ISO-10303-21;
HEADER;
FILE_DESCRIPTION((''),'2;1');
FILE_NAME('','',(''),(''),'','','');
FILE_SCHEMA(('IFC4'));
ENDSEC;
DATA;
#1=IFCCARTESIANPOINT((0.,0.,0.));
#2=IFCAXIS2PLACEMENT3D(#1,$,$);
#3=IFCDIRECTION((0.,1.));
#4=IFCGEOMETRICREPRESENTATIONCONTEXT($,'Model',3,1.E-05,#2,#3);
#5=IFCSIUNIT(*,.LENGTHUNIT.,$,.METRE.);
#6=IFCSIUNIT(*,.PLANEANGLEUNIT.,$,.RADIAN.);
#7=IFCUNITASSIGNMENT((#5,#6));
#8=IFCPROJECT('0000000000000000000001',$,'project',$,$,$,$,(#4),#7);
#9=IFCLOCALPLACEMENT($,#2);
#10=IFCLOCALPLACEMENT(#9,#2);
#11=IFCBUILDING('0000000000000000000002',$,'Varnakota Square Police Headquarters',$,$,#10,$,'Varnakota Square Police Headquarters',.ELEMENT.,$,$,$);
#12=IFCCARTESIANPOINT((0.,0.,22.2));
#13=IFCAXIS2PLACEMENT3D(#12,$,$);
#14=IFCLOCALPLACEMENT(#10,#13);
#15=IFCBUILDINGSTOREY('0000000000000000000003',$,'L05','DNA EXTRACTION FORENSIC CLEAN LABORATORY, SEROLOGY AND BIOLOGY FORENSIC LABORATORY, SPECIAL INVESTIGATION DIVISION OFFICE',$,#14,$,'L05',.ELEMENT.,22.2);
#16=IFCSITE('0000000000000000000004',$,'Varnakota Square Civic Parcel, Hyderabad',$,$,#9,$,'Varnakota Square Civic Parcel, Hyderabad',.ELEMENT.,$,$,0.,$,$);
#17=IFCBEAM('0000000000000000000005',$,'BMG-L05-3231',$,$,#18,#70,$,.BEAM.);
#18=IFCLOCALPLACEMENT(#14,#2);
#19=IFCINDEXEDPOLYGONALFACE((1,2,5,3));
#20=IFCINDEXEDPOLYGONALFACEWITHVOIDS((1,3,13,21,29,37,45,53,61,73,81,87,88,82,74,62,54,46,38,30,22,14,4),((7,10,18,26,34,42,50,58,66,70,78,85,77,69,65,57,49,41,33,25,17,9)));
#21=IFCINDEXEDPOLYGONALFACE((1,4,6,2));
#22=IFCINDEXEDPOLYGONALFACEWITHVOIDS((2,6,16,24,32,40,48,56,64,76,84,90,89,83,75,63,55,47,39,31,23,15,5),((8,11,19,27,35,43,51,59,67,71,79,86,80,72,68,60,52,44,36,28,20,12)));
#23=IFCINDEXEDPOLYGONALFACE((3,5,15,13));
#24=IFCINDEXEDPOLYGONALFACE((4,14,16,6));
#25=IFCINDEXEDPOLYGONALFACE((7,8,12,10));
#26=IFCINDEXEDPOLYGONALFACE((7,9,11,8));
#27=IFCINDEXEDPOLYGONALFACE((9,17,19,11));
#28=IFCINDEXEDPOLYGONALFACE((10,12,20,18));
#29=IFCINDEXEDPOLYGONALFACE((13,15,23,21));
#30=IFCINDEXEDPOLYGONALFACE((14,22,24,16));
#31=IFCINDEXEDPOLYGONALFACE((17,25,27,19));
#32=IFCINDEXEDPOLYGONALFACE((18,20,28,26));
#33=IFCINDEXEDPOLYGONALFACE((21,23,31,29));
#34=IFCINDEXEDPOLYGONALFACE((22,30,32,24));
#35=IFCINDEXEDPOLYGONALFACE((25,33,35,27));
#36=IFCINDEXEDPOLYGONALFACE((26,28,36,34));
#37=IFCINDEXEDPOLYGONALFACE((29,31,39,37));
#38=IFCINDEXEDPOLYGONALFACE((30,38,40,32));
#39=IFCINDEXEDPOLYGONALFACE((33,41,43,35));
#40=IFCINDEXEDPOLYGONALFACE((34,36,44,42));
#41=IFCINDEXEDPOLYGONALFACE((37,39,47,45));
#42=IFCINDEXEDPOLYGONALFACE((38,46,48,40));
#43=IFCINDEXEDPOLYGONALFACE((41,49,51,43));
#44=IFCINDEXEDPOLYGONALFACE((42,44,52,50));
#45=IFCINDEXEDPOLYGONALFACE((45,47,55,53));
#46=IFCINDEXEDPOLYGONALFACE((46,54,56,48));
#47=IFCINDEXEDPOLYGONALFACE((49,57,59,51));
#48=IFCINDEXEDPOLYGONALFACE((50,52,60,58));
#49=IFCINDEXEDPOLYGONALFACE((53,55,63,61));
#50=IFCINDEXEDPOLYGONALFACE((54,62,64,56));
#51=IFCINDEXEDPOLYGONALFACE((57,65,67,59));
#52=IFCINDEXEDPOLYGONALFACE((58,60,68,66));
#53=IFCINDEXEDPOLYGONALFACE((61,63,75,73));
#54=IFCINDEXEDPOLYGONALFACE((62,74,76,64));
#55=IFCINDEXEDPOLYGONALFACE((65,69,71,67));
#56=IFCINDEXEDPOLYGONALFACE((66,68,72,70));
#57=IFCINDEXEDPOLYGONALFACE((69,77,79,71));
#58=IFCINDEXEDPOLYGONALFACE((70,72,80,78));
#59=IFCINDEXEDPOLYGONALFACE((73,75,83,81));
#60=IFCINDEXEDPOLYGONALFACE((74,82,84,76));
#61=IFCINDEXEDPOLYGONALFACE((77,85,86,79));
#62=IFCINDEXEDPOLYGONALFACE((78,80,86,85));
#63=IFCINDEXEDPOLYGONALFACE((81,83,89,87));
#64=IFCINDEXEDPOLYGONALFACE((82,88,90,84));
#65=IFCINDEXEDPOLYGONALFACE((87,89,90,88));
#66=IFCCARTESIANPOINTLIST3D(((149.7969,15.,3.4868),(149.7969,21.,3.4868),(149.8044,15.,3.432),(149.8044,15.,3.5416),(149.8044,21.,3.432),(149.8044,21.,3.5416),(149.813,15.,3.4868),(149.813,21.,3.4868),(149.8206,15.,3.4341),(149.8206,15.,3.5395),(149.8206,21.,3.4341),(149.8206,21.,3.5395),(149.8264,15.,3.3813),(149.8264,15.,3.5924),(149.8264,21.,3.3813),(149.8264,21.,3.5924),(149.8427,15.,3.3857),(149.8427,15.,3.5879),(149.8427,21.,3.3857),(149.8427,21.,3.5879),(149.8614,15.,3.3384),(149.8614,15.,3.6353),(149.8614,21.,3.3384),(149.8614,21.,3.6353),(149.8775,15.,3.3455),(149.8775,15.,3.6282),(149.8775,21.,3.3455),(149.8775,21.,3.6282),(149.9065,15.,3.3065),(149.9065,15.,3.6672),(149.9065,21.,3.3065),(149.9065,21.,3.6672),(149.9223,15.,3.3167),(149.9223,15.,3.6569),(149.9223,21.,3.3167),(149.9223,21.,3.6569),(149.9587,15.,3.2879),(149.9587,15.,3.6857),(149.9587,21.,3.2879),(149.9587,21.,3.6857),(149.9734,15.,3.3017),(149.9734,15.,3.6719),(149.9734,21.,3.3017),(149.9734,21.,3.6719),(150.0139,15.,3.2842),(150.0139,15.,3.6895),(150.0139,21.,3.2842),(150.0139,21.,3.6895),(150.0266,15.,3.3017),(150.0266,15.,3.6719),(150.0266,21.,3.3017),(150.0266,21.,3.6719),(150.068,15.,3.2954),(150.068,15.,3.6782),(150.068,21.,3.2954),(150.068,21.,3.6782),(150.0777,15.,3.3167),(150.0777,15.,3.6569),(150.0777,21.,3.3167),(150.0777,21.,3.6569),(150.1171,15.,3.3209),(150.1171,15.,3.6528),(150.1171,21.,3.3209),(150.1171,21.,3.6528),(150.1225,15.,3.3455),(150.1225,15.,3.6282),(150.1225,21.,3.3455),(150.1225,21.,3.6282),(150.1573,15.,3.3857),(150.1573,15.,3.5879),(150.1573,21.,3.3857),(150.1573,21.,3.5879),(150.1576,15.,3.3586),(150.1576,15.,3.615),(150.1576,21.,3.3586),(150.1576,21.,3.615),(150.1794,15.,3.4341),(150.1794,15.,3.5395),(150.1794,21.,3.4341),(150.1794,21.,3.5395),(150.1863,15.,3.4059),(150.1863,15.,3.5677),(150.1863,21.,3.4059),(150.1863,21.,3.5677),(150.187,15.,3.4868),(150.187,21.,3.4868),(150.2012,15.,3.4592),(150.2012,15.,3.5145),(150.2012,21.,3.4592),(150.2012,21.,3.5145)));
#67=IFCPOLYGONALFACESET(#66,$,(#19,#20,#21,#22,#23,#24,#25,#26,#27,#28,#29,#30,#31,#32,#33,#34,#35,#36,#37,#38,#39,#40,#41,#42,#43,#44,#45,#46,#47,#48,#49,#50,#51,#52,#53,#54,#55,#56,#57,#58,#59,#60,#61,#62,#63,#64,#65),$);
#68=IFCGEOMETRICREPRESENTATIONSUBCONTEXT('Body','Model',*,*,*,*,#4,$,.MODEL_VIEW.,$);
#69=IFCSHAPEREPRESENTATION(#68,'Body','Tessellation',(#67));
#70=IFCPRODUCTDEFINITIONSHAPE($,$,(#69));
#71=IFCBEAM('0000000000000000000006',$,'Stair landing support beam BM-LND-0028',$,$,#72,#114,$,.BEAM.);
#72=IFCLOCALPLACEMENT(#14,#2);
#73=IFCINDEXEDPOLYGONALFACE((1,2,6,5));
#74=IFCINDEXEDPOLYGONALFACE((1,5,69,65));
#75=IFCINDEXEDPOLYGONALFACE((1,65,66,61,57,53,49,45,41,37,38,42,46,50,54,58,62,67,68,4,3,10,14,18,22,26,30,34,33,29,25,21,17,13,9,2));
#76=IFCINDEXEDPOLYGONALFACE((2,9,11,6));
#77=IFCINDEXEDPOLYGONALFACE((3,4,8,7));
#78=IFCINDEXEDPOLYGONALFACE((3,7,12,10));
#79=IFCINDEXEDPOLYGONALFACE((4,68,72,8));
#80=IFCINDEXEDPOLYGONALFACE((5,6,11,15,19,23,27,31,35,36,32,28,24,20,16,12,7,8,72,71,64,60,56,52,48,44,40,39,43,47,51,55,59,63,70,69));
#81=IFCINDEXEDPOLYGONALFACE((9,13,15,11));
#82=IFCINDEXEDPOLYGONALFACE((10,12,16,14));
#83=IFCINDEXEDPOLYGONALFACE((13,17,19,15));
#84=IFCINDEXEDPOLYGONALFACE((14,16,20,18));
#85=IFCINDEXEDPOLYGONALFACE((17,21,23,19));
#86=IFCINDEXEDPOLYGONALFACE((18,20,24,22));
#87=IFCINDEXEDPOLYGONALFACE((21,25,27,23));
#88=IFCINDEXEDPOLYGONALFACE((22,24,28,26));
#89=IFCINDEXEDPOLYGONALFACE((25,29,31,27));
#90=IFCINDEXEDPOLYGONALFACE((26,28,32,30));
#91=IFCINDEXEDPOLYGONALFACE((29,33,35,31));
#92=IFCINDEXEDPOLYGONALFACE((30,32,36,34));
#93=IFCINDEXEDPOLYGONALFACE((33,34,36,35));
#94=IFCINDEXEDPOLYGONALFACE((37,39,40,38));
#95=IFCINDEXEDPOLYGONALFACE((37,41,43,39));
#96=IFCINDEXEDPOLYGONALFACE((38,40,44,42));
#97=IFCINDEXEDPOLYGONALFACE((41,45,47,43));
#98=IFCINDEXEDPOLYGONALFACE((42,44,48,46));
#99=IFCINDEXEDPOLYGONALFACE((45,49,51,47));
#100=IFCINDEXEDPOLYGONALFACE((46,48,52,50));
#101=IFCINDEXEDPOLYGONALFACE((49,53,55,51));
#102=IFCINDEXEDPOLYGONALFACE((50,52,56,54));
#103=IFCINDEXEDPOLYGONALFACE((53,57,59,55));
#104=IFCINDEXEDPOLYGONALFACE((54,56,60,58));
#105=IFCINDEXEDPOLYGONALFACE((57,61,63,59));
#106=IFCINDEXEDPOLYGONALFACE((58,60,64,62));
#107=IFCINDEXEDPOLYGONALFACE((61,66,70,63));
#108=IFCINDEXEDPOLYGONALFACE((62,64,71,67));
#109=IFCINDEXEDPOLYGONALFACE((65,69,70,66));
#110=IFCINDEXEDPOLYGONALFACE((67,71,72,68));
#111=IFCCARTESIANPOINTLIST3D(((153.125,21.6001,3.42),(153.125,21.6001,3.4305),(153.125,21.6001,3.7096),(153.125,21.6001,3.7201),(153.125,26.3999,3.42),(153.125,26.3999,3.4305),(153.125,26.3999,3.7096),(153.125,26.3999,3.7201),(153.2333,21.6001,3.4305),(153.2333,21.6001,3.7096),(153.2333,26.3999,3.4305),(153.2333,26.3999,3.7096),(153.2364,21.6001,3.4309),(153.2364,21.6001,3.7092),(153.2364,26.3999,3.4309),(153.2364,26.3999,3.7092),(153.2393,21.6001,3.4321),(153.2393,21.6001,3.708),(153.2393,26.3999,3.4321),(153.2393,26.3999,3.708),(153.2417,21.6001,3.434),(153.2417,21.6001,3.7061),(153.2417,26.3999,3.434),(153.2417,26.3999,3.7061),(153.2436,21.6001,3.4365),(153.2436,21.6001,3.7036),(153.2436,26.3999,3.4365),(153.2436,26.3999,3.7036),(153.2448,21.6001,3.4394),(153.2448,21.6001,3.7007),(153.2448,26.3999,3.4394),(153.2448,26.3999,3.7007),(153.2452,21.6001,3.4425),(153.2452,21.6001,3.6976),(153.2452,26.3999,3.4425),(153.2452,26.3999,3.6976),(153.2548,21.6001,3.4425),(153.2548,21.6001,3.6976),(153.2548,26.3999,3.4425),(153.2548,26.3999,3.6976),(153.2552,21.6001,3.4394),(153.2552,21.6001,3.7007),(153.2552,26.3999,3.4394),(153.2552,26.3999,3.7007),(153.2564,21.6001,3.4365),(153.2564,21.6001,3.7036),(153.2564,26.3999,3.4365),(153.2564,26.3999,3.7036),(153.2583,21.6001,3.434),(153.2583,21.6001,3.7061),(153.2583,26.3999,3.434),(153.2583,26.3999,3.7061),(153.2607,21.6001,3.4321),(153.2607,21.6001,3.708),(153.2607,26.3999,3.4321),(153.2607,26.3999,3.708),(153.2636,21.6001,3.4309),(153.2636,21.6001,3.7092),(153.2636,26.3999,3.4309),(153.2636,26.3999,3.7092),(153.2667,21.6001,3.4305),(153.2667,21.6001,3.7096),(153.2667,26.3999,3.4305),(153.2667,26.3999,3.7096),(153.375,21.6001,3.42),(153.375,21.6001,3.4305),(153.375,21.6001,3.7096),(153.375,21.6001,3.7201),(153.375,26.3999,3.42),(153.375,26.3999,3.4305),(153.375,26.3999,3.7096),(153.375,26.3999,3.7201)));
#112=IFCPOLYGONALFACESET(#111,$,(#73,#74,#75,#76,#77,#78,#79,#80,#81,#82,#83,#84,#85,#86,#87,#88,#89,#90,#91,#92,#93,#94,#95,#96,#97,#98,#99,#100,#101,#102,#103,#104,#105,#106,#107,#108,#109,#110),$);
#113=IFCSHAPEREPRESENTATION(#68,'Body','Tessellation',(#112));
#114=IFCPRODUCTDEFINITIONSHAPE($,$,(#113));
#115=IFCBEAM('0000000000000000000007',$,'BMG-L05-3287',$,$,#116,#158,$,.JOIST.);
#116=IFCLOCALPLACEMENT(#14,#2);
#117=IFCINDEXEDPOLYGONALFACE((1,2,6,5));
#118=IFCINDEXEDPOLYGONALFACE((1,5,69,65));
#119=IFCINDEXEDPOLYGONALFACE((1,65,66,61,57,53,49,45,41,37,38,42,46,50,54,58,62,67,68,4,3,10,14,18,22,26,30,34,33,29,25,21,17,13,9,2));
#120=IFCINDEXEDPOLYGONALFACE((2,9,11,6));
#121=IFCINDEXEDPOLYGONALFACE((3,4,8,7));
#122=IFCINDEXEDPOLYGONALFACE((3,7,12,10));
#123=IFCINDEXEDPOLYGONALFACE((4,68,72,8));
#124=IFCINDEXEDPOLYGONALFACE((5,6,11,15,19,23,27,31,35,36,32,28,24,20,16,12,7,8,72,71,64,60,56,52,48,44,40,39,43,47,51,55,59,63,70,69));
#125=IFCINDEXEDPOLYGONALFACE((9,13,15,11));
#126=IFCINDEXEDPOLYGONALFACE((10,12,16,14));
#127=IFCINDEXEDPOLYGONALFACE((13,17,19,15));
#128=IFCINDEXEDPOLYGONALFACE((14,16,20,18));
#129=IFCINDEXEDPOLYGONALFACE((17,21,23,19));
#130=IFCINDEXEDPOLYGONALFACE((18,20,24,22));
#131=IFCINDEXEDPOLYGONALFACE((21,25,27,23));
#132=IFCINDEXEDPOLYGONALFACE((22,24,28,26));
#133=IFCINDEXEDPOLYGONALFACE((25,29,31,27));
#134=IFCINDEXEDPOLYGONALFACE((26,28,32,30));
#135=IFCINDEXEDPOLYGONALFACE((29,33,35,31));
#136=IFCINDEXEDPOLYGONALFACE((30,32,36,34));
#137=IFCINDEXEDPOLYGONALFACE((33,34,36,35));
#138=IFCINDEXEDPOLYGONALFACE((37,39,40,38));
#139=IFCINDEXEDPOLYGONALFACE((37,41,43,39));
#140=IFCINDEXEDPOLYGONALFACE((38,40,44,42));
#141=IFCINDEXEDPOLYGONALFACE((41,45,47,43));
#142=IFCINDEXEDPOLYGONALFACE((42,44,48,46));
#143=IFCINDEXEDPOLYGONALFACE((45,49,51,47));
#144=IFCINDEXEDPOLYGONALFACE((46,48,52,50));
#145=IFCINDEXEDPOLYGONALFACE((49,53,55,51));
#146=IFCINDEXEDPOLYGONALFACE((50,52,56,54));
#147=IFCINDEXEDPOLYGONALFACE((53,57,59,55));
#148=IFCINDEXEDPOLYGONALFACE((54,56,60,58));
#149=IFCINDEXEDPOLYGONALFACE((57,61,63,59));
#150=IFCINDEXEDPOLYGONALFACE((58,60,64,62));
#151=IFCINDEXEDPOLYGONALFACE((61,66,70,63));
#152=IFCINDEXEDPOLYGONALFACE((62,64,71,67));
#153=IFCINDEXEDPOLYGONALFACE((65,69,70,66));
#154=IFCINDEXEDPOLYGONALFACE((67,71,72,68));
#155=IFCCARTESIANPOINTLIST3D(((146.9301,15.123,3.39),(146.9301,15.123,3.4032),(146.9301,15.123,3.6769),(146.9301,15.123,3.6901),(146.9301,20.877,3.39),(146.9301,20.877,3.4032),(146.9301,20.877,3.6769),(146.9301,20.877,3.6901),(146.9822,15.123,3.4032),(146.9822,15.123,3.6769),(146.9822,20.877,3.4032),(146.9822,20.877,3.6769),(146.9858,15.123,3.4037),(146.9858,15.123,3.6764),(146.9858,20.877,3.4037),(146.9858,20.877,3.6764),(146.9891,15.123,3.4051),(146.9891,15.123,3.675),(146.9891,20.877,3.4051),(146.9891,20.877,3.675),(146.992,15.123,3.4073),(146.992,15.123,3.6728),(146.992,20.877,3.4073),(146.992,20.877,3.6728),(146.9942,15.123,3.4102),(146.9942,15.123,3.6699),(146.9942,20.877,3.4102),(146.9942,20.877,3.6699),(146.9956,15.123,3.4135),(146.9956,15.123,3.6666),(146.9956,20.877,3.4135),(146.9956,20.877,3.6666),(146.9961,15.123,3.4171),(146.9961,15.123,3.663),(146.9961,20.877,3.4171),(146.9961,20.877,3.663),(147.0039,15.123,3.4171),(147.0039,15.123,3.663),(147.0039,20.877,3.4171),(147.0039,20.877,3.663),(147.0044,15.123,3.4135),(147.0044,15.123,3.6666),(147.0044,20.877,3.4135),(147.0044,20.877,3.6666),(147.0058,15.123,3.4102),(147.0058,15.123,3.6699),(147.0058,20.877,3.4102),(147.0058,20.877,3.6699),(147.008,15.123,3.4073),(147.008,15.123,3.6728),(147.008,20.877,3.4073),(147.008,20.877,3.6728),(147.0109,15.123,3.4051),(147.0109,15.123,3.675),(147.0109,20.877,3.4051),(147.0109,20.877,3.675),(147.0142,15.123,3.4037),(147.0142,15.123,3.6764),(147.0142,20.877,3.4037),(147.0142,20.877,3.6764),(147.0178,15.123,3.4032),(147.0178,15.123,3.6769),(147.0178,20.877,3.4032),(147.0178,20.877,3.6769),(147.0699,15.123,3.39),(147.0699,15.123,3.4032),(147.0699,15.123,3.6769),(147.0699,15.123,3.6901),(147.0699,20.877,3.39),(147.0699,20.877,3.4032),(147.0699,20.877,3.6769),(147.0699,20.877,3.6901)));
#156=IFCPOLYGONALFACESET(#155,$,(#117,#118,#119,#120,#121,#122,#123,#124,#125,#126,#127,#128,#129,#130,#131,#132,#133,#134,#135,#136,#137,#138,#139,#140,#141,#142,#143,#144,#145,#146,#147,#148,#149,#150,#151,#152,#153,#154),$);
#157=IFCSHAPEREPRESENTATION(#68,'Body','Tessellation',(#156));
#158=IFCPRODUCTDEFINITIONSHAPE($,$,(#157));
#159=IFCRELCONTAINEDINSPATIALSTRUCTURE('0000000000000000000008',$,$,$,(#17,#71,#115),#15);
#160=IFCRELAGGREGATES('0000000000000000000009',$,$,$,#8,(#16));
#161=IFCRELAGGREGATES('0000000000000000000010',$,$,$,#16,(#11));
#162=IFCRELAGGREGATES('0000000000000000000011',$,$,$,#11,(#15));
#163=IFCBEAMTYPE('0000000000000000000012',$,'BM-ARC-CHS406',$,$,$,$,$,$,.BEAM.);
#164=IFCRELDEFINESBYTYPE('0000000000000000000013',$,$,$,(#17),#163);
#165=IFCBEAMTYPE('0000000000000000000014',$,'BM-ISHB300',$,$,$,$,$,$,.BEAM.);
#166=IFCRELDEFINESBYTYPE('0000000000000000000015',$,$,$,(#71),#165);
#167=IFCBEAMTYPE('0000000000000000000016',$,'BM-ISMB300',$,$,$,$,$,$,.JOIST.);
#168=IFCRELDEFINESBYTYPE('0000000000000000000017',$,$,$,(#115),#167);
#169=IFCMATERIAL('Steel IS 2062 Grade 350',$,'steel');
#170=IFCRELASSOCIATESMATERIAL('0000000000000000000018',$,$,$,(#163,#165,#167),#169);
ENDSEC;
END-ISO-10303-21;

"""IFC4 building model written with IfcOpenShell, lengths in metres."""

from ifc_helpers import new_model, si_unit, direction, frame, origin, origin_2d, place, context, subcontext, project, spatial, hollow_circle, i_section, extrude, material, material_profile, profile_set, type_object, element, save


model = new_model("IFC4")

# Units and contexts
model_context = context("Model", 3, precision=1e-05, world=origin(), true_north=direction((0.0, 1.0)))
body_context = subcontext(model_context, "Body", "Model", "MODEL_VIEW")
ifc_project = project(units=[si_unit("LENGTHUNIT", "METRE"), si_unit("PLANEANGLEUNIT", "RADIAN")], contexts=[model_context])

# Site, building, storey
site_placement = place(None, origin())
site = spatial("IfcSite", under=ifc_project, at=site_placement, Name="Varnakota Square Civic Parcel, Hyderabad", LongName="Varnakota Square Civic Parcel, Hyderabad", CompositionType="ELEMENT", RefElevation=0.0)
building_placement = place(site_placement, origin())
building = spatial("IfcBuilding", under=site, at=building_placement, Name="Varnakota Square Police Headquarters", LongName="Varnakota Square Police Headquarters", CompositionType="ELEMENT")
storey_placement = place(building_placement, frame((0.0, 0.0, 22.2)))
storey = spatial("IfcBuildingStorey", under=building, at=storey_placement, Name="L05", Description="DNA EXTRACTION FORENSIC CLEAN LABORATORY, SEROLOGY AND BIOLOGY FORENSIC LABORATORY, SPECIAL INVESTIGATION DIVISION OFFICE", LongName="L05", CompositionType="ELEMENT", Elevation=22.2)

# Shared definitions
ifc_material_1 = material(Name="Steel IS 2062 Grade 350", Category="steel")

# Beams
ifc_material_profile_1 = material_profile(ifc_material_1, hollow_circle(Radius=0.2031, WallThickness=0.0161, at=origin_2d()), Name="CHS 406.4x16.0")
ifc_profile_set_1 = profile_set([ifc_material_profile_1], Name="Steel IS 2062 Grade 350")
beam_type_1 = type_object("IfcBeamType", Name="BM-ARC-CHS406", PredefinedType="BEAM", material=ifc_profile_set_1)
beam_1_placement = place(storey_placement, frame((150.0, 15.0, 3.4868), z_axis=(0.0, 1.0, 0.0), x_axis=(-1.0, 0.0, 0.0)))
element("IfcBeam", 1, at=beam_1_placement, inside=storey, type_object=beam_type_1, Name="BMG-L05-3231", PredefinedType="BEAM", context=body_context, shape_type="SweptSolid", body=[
    extrude(hollow_circle(Radius=0.2031, WallThickness=0.0161, at=origin_2d()), origin(), (0.0, 0.0, 1.0), 6.0),
])
ifc_material_profile_2 = material_profile(ifc_material_1, i_section(OverallWidth=0.25, OverallDepth=0.3, WebThickness=0.0095, FlangeThickness=0.0105, FilletRadius=0.012, at=origin_2d()), Name="ISHB 300")
ifc_profile_set_2 = profile_set([ifc_material_profile_2], Name="Steel IS 2062 Grade 350")
beam_type_2 = type_object("IfcBeamType", Name="BM-ISHB300", PredefinedType="BEAM", material=ifc_profile_set_2)
beam_2_placement = place(storey_placement, frame((153.25, 21.6001, 3.5701), z_axis=(0.0, 1.0, 0.0), x_axis=(-1.0, 0.0, 0.0)))
element("IfcBeam", 2, at=beam_2_placement, inside=storey, type_object=beam_type_2, Name="Stair landing support beam BM-LND-0028", PredefinedType="BEAM", context=body_context, shape_type="SweptSolid", body=[
    extrude(i_section(OverallWidth=0.25, OverallDepth=0.3, WebThickness=0.0095, FlangeThickness=0.0105, FilletRadius=0.012, at=origin_2d()), origin(), (0.0, 0.0, 1.0), 4.7998),
])
ifc_material_profile_3 = material_profile(ifc_material_1, i_section(OverallWidth=0.1399, OverallDepth=0.3, WebThickness=0.0078, FlangeThickness=0.0132, FilletRadius=0.0139, at=origin_2d()), Name="ISMB 300")
ifc_profile_set_3 = profile_set([ifc_material_profile_3], Name="Steel IS 2062 Grade 350")
beam_type_3 = type_object("IfcBeamType", Name="BM-ISMB300", PredefinedType="JOIST", material=ifc_profile_set_3)
beam_3_placement = place(storey_placement, frame((147.0, 15.123, 3.54), z_axis=(0.0, 1.0, 0.0), x_axis=(-1.0, 0.0, 0.0)))
element("IfcBeam", 3, at=beam_3_placement, inside=storey, type_object=beam_type_3, Name="BMG-L05-3287", PredefinedType="JOIST", context=body_context, shape_type="SweptSolid", body=[
    extrude(i_section(OverallWidth=0.1399, OverallDepth=0.3, WebThickness=0.0078, FlangeThickness=0.0132, FilletRadius=0.0139, at=origin_2d()), origin(), (0.0, 0.0, 1.0), 5.7539),
])

save(model, "model.ifc")
